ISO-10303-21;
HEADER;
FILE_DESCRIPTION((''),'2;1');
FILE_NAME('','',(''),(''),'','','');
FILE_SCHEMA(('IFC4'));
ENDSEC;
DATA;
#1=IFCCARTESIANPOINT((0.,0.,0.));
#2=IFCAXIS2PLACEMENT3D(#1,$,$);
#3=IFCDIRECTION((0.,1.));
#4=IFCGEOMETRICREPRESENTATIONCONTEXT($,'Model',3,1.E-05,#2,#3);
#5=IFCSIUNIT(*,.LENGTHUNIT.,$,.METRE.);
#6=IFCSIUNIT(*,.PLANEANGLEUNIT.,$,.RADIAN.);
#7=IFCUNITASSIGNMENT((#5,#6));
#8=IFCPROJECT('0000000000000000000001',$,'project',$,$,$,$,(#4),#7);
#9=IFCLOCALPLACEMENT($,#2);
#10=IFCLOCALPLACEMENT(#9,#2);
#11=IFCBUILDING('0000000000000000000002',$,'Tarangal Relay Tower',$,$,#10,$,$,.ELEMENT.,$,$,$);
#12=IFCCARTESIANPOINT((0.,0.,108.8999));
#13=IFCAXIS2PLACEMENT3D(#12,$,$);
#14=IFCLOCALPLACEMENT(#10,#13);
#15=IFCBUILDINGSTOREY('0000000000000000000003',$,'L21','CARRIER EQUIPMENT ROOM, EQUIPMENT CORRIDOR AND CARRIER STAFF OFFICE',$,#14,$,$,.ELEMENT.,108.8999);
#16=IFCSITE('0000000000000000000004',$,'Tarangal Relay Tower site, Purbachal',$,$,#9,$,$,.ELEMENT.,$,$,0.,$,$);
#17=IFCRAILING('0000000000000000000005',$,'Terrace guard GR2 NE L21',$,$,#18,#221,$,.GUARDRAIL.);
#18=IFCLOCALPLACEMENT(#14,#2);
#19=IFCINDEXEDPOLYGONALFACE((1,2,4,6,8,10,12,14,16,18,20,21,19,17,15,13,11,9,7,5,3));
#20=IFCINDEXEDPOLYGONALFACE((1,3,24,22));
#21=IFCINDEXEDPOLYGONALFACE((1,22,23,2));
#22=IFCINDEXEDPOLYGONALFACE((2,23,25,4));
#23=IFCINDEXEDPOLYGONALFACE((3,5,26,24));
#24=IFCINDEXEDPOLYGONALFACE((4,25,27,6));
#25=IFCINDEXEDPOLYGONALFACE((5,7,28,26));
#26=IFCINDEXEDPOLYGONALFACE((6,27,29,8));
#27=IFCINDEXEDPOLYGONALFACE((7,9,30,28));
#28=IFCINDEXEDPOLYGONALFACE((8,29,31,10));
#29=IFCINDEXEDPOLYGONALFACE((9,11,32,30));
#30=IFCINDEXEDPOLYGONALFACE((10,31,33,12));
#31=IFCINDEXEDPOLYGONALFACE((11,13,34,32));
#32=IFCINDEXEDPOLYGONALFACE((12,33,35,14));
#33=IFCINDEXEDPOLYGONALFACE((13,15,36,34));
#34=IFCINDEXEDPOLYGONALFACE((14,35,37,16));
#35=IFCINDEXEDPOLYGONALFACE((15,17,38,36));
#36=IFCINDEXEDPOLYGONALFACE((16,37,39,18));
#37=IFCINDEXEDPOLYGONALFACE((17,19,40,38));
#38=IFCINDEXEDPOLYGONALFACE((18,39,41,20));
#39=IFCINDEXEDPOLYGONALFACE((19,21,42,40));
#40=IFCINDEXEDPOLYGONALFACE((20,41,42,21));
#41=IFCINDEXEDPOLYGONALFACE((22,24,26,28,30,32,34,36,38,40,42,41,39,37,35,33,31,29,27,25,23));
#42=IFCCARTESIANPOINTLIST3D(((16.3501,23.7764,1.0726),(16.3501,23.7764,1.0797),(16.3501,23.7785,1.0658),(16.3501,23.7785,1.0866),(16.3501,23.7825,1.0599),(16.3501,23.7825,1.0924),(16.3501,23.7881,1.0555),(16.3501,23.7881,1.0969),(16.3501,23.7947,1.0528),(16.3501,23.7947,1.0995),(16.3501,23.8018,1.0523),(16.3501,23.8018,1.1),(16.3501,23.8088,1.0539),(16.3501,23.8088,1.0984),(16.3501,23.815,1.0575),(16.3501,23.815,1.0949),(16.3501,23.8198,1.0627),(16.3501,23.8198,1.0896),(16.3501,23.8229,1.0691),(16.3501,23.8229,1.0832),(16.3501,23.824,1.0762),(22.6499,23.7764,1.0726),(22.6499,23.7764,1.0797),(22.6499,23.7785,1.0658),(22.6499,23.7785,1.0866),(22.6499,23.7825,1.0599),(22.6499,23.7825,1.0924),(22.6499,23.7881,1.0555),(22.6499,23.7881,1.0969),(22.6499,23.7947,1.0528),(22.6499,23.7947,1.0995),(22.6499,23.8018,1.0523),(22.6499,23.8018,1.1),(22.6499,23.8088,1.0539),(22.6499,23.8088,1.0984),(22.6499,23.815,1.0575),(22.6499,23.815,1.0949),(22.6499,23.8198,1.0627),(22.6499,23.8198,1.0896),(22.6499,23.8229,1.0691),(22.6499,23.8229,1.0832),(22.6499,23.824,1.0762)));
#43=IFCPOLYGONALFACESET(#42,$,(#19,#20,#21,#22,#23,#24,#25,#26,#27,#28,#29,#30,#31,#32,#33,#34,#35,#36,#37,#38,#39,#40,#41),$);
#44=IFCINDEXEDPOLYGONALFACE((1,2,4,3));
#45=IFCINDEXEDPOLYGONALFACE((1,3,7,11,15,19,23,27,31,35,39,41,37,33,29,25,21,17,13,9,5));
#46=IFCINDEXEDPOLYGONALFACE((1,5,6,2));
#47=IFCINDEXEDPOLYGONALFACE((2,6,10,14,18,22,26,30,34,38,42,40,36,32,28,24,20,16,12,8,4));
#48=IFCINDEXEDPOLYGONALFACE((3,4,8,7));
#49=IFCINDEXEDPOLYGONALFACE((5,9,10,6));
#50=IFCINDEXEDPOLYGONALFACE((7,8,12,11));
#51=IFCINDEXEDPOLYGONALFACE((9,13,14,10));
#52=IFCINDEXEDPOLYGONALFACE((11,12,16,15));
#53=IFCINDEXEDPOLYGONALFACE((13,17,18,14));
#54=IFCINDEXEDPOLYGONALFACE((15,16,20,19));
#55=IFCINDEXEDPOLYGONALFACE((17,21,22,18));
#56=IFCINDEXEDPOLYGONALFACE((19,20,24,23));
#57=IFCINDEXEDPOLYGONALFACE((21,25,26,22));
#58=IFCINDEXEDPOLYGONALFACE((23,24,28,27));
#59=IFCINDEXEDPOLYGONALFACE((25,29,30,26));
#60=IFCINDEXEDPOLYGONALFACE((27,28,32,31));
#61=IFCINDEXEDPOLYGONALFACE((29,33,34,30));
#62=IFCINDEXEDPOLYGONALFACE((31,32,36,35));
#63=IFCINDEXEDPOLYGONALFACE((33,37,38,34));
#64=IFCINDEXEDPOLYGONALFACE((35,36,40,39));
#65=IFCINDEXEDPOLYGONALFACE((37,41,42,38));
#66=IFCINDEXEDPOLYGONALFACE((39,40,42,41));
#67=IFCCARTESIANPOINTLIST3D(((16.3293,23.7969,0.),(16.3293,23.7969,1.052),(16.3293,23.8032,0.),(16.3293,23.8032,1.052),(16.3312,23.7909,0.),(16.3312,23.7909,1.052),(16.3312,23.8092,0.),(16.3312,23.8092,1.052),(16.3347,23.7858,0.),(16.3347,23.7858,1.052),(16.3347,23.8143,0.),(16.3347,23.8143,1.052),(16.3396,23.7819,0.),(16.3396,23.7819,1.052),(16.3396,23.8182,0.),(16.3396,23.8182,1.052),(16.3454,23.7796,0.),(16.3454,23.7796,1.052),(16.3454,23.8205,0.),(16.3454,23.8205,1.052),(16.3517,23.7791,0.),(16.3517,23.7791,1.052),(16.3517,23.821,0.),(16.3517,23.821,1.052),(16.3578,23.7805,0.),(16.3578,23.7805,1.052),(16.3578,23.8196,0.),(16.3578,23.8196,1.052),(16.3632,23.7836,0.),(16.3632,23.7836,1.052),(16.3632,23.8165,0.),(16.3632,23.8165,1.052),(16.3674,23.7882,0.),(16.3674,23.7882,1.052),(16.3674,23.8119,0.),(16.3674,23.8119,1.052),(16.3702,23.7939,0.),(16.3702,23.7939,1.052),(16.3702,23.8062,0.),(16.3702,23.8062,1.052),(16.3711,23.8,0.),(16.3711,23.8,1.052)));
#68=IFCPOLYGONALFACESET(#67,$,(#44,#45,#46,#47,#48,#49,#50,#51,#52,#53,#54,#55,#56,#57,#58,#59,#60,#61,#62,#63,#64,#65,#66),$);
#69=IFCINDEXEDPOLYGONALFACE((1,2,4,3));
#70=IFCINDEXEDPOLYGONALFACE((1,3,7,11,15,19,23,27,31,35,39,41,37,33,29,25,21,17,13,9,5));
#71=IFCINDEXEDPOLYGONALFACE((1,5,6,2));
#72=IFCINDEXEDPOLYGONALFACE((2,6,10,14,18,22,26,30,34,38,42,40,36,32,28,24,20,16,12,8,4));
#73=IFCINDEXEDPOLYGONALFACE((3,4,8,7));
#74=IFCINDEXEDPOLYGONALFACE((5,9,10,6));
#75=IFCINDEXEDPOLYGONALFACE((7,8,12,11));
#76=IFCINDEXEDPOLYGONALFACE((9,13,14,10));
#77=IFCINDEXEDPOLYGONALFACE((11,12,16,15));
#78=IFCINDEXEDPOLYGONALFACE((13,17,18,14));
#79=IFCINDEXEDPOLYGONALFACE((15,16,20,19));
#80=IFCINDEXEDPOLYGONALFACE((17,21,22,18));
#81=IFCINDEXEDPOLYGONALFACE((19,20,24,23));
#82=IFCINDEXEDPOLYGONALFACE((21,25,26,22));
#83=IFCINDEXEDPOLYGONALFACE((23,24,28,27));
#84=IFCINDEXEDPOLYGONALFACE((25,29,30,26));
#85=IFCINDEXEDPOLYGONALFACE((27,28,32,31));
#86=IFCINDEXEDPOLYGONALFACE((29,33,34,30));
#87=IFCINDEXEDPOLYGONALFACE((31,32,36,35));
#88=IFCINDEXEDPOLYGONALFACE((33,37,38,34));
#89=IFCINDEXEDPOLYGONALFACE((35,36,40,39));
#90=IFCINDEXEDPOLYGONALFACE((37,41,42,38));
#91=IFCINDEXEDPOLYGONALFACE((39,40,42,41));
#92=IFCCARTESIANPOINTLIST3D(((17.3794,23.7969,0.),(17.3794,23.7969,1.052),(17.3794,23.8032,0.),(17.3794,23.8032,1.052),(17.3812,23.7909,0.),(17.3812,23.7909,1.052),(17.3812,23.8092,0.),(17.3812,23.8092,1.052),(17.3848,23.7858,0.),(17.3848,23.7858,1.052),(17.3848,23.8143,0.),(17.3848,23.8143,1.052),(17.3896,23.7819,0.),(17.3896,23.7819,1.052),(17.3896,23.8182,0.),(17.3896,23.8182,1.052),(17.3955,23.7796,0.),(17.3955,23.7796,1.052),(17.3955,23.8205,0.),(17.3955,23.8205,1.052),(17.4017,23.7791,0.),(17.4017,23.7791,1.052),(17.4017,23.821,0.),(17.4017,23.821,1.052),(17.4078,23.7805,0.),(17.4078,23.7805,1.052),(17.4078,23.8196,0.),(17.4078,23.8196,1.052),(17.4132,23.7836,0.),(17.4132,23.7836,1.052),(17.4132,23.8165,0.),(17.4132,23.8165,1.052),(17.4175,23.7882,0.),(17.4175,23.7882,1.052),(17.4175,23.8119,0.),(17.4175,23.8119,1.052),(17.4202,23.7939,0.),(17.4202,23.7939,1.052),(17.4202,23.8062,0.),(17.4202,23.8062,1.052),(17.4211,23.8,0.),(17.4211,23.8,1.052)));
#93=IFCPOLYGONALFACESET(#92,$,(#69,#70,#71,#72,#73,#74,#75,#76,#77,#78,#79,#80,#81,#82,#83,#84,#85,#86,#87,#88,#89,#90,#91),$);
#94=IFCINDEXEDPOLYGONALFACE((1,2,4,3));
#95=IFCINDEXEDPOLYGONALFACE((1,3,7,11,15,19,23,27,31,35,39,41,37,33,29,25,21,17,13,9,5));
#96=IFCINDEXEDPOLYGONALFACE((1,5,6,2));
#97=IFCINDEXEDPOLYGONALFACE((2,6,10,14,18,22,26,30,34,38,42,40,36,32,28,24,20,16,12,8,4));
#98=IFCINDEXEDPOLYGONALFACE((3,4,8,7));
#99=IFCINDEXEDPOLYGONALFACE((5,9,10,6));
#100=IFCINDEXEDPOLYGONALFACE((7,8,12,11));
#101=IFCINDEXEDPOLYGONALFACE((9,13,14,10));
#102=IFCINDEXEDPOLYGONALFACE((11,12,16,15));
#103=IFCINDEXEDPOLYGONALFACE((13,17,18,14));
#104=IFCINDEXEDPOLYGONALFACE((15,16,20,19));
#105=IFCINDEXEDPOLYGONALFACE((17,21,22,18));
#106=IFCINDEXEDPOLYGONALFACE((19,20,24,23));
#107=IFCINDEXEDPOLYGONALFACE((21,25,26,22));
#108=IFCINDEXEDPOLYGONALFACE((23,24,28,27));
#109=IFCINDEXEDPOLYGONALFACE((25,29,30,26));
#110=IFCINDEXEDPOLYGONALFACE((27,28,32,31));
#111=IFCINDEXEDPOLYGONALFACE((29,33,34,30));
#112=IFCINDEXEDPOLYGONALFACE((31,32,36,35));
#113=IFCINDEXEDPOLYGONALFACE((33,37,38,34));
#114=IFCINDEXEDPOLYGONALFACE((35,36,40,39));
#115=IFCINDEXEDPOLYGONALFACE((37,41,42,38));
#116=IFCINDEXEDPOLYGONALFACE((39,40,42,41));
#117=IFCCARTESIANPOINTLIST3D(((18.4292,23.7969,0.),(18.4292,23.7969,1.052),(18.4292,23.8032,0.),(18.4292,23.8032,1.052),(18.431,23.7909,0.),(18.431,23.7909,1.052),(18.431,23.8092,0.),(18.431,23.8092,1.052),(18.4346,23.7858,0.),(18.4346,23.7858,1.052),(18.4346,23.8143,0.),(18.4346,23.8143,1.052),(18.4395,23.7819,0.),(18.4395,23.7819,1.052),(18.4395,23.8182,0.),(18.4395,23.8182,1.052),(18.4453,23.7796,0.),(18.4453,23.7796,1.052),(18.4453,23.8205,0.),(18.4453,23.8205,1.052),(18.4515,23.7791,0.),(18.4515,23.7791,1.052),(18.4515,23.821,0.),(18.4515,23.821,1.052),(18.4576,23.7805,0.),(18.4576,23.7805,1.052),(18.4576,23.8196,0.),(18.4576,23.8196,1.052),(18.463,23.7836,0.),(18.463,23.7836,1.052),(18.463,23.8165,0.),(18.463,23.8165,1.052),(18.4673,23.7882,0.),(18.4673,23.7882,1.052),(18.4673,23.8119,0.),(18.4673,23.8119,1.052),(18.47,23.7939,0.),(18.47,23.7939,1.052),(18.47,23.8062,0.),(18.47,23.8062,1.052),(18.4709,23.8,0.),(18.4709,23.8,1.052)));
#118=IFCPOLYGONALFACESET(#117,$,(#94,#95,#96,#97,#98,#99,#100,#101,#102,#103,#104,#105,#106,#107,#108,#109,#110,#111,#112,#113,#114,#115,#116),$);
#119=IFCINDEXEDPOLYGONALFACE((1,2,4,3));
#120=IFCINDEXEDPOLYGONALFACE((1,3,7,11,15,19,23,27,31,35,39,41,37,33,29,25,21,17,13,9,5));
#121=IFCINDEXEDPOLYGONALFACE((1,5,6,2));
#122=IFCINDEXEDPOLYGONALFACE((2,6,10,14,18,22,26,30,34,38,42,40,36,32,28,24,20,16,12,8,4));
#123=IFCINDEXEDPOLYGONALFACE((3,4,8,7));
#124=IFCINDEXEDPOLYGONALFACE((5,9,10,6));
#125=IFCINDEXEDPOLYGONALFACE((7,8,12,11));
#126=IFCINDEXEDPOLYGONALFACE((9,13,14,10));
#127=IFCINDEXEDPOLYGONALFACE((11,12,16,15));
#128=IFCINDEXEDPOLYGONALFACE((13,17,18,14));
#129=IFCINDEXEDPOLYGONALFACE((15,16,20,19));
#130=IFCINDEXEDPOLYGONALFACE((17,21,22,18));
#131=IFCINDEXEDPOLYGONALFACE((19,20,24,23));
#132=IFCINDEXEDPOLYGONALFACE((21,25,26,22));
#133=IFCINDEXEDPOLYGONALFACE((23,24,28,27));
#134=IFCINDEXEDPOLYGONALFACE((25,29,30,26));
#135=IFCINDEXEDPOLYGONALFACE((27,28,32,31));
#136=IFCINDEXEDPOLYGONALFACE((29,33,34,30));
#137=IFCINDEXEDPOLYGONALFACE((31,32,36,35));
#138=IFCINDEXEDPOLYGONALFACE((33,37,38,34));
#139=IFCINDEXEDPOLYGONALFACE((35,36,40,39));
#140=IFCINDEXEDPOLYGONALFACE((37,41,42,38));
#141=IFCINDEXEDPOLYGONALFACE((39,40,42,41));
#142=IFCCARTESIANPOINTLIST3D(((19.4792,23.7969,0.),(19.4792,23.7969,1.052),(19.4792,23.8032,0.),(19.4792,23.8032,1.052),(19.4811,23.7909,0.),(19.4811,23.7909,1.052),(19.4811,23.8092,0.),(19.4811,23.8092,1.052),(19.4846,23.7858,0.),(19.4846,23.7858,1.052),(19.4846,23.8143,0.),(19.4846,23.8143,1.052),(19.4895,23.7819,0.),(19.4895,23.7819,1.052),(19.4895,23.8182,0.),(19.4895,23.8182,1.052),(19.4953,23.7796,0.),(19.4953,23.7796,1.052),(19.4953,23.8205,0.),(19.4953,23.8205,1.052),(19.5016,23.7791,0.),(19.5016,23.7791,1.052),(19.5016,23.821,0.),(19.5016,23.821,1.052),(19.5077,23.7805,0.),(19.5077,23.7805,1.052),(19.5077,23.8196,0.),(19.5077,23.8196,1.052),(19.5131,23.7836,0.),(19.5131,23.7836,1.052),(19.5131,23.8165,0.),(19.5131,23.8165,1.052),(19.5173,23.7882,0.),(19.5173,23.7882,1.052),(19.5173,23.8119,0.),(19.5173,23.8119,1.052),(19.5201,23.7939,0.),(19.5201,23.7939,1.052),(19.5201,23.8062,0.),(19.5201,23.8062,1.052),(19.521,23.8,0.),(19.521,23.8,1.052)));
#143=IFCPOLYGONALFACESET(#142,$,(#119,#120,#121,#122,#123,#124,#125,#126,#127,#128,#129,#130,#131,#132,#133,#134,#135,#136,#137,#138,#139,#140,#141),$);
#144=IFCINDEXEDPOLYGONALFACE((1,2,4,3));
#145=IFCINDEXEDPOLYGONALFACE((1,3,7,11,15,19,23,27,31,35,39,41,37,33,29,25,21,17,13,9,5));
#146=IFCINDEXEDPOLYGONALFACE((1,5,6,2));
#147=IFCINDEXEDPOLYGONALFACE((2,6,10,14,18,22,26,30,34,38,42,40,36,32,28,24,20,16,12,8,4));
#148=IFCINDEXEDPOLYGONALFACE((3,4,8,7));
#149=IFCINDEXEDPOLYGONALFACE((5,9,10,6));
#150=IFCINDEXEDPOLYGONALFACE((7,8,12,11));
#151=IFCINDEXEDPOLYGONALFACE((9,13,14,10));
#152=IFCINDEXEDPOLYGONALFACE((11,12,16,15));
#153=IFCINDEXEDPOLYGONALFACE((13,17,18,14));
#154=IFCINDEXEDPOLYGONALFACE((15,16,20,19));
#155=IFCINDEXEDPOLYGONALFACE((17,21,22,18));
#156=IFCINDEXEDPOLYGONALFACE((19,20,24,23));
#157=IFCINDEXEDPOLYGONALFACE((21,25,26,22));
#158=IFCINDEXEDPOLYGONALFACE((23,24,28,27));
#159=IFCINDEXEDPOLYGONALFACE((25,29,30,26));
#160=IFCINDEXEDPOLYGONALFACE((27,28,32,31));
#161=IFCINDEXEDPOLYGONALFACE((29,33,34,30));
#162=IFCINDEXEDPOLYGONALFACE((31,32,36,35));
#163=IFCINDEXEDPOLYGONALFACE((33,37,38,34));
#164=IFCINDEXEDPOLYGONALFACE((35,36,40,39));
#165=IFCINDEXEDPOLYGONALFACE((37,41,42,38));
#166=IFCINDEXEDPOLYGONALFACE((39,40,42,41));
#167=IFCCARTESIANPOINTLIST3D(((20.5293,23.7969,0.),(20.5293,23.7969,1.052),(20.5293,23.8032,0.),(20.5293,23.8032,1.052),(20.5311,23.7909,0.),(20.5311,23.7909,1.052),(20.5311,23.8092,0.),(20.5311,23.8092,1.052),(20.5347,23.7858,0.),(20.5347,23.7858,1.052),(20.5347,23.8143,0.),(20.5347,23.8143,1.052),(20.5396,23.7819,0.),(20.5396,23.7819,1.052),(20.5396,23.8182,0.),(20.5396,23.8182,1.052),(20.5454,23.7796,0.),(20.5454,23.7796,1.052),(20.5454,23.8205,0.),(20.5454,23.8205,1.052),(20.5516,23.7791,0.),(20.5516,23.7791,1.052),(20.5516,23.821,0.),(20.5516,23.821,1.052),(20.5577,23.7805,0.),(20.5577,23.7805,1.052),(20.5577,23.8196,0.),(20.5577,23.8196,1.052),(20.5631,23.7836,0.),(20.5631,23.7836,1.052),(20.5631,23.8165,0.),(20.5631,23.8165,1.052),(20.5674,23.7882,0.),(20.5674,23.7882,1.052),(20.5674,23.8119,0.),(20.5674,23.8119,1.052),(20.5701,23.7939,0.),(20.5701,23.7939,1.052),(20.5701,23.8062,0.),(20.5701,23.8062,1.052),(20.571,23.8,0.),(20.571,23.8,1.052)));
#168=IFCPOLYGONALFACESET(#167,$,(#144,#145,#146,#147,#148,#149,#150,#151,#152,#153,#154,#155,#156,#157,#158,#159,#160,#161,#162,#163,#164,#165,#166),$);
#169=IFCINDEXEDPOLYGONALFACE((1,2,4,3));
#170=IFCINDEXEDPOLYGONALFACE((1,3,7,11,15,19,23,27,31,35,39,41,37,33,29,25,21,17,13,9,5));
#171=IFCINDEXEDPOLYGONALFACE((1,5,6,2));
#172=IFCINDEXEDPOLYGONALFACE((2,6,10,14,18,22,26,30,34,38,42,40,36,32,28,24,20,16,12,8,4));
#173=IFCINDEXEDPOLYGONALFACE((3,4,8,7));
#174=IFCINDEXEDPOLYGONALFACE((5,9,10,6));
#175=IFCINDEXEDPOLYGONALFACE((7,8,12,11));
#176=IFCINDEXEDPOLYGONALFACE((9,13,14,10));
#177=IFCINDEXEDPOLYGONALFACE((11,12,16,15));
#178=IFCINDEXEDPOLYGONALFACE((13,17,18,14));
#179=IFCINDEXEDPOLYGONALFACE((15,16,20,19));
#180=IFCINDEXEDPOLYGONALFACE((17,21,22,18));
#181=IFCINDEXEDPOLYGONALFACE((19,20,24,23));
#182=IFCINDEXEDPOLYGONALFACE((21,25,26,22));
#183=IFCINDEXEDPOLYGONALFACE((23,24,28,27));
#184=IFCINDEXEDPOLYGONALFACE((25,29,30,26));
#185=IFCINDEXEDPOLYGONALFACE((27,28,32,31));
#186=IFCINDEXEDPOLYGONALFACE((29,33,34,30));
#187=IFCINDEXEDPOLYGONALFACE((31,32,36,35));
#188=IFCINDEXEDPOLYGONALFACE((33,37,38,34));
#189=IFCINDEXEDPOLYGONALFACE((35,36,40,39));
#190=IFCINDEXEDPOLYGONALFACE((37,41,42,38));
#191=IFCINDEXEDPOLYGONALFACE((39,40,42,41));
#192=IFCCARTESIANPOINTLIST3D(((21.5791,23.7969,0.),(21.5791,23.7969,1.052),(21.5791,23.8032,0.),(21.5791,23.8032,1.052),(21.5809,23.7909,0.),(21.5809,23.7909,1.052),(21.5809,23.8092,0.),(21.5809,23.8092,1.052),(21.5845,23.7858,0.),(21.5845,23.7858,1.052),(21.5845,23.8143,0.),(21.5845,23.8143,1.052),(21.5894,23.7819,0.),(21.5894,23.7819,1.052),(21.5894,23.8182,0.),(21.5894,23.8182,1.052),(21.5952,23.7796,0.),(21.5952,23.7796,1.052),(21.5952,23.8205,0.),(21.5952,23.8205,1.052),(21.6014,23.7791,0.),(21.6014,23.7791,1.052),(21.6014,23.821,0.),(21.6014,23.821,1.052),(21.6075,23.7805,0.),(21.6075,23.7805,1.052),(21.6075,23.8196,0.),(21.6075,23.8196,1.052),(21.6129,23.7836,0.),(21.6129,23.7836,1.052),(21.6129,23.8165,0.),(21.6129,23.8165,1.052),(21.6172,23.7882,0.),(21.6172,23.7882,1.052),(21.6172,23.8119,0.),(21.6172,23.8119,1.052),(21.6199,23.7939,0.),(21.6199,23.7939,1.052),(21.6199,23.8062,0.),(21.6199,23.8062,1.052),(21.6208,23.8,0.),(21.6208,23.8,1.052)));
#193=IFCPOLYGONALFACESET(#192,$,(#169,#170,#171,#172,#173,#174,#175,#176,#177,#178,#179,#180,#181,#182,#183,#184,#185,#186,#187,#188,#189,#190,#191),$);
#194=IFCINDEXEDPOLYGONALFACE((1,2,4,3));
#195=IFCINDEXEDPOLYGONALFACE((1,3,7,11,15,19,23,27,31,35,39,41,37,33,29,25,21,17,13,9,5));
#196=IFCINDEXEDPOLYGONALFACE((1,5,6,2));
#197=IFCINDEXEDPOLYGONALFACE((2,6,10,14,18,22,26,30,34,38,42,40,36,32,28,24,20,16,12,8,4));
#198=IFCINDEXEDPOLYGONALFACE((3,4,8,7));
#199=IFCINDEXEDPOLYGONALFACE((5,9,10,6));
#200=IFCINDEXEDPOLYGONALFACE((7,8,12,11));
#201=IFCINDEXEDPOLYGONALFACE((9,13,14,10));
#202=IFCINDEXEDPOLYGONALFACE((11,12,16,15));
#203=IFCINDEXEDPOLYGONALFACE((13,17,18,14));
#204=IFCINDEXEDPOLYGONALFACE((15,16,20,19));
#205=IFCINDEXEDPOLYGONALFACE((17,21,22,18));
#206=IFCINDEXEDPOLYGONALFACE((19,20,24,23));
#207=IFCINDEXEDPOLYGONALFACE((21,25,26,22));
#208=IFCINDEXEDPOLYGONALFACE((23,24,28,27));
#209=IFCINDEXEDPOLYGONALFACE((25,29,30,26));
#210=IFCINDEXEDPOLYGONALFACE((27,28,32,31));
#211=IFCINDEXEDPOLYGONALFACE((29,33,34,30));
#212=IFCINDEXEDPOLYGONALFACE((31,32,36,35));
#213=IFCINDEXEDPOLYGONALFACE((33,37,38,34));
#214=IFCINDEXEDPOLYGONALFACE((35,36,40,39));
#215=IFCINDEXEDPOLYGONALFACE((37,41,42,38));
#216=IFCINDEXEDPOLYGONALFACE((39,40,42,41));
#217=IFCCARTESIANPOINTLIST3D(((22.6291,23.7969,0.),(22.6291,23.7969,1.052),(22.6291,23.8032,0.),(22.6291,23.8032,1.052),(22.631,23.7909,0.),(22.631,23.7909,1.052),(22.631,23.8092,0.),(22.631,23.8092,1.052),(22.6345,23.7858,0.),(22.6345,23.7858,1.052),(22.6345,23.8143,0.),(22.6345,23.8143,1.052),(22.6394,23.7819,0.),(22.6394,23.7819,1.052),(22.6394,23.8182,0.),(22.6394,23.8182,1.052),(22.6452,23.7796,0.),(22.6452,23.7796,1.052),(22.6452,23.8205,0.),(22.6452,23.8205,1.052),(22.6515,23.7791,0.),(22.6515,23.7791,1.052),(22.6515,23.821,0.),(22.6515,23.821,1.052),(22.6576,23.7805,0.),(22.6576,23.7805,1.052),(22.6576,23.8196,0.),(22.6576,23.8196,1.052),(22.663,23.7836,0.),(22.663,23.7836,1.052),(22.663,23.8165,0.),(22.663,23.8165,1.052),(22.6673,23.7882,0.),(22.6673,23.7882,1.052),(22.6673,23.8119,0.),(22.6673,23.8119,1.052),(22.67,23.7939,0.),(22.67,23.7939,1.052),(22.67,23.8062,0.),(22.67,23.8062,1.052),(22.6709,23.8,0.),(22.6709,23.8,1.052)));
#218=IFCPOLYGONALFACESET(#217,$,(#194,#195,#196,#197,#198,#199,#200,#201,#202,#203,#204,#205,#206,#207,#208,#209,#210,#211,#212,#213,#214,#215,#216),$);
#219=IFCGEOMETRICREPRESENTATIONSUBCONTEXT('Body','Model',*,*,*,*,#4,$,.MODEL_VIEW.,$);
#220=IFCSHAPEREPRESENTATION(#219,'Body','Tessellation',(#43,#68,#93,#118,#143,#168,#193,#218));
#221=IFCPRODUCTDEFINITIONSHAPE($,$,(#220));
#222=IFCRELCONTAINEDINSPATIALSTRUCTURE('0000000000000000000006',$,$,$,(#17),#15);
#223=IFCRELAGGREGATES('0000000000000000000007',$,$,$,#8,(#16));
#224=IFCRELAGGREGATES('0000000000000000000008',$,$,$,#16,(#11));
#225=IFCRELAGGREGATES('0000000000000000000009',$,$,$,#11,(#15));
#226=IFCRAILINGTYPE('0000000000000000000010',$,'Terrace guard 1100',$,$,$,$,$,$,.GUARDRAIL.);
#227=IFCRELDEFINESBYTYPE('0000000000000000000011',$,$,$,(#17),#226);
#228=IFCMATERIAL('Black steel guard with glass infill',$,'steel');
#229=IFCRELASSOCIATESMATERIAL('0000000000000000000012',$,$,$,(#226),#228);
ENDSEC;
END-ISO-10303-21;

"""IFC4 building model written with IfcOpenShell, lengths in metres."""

from ifc_helpers import new_model, si_unit, direction, frame, origin, origin_2d, place, context, subcontext, project, spatial, circle, extrude, material, type_object, element, save


model = new_model("IFC4")

# Units and contexts
model_context = context("Model", 3, precision=1e-05, world=origin(), true_north=direction((0.0, 1.0)))
body_context = subcontext(model_context, "Body", "Model", "MODEL_VIEW")
ifc_project = project(units=[si_unit("LENGTHUNIT", "METRE"), si_unit("PLANEANGLEUNIT", "RADIAN")], contexts=[model_context])

# Site, building, storey
site_placement = place(None, origin())
site = spatial("IfcSite", under=ifc_project, at=site_placement, Name="Tarangal Relay Tower site, Purbachal", CompositionType="ELEMENT", RefElevation=0.0)
building_placement = place(site_placement, origin())
building = spatial("IfcBuilding", under=site, at=building_placement, Name="Tarangal Relay Tower", CompositionType="ELEMENT")
storey_placement = place(building_placement, frame((0.0, 0.0, 108.8999)))
storey = spatial("IfcBuildingStorey", under=building, at=storey_placement, Name="L21", Description="CARRIER EQUIPMENT ROOM, EQUIPMENT CORRIDOR AND CARRIER STAFF OFFICE", CompositionType="ELEMENT", Elevation=108.8999)

# Railing
ifc_material_1 = material(Name="Black steel guard with glass infill", Category="steel")
railing_type = type_object("IfcRailingType", Name="Terrace guard 1100", PredefinedType="GUARDRAIL", material=ifc_material_1)
railing_1_placement = place(storey_placement, frame((16.3501, 23.8, 0.0)))
element("IfcRailing", 1, at=railing_1_placement, inside=storey, type_object=railing_type, Name="Terrace guard GR2 NE L21", PredefinedType="GUARDRAIL", context=body_context, shape_type="SweptSolid", body=[
    extrude(circle(Radius=0.0239, at=origin_2d()), frame((0.0, 0.0, 1.0762), z_axis=(1.0, 0.0, 0.0), x_axis=(0.0, 1.0, 0.0)), (0.0, 0.0, 1.0), 6.2998),
    extrude(circle(Radius=0.021, at=origin_2d()), origin(), (0.0, 0.0, 1.0), 1.052),
    extrude(circle(Radius=0.021, at=origin_2d()), frame((1.05, 0.0, 0.0)), (0.0, 0.0, 1.0), 1.052),
    extrude(circle(Radius=0.021, at=origin_2d()), frame((2.0999, 0.0, 0.0)), (0.0, 0.0, 1.0), 1.052),
    extrude(circle(Radius=0.021, at=origin_2d()), frame((3.1499, 0.0, 0.0)), (0.0, 0.0, 1.0), 1.052),
    extrude(circle(Radius=0.021, at=origin_2d()), frame((4.2, 0.0, 0.0)), (0.0, 0.0, 1.0), 1.052),
    extrude(circle(Radius=0.021, at=origin_2d()), frame((5.2498, 0.0, 0.0)), (0.0, 0.0, 1.0), 1.052),
    extrude(circle(Radius=0.021, at=origin_2d()), frame((6.2998, 0.0, 0.0)), (0.0, 0.0, 1.0), 1.052),
])

save(model, "model.ifc")
